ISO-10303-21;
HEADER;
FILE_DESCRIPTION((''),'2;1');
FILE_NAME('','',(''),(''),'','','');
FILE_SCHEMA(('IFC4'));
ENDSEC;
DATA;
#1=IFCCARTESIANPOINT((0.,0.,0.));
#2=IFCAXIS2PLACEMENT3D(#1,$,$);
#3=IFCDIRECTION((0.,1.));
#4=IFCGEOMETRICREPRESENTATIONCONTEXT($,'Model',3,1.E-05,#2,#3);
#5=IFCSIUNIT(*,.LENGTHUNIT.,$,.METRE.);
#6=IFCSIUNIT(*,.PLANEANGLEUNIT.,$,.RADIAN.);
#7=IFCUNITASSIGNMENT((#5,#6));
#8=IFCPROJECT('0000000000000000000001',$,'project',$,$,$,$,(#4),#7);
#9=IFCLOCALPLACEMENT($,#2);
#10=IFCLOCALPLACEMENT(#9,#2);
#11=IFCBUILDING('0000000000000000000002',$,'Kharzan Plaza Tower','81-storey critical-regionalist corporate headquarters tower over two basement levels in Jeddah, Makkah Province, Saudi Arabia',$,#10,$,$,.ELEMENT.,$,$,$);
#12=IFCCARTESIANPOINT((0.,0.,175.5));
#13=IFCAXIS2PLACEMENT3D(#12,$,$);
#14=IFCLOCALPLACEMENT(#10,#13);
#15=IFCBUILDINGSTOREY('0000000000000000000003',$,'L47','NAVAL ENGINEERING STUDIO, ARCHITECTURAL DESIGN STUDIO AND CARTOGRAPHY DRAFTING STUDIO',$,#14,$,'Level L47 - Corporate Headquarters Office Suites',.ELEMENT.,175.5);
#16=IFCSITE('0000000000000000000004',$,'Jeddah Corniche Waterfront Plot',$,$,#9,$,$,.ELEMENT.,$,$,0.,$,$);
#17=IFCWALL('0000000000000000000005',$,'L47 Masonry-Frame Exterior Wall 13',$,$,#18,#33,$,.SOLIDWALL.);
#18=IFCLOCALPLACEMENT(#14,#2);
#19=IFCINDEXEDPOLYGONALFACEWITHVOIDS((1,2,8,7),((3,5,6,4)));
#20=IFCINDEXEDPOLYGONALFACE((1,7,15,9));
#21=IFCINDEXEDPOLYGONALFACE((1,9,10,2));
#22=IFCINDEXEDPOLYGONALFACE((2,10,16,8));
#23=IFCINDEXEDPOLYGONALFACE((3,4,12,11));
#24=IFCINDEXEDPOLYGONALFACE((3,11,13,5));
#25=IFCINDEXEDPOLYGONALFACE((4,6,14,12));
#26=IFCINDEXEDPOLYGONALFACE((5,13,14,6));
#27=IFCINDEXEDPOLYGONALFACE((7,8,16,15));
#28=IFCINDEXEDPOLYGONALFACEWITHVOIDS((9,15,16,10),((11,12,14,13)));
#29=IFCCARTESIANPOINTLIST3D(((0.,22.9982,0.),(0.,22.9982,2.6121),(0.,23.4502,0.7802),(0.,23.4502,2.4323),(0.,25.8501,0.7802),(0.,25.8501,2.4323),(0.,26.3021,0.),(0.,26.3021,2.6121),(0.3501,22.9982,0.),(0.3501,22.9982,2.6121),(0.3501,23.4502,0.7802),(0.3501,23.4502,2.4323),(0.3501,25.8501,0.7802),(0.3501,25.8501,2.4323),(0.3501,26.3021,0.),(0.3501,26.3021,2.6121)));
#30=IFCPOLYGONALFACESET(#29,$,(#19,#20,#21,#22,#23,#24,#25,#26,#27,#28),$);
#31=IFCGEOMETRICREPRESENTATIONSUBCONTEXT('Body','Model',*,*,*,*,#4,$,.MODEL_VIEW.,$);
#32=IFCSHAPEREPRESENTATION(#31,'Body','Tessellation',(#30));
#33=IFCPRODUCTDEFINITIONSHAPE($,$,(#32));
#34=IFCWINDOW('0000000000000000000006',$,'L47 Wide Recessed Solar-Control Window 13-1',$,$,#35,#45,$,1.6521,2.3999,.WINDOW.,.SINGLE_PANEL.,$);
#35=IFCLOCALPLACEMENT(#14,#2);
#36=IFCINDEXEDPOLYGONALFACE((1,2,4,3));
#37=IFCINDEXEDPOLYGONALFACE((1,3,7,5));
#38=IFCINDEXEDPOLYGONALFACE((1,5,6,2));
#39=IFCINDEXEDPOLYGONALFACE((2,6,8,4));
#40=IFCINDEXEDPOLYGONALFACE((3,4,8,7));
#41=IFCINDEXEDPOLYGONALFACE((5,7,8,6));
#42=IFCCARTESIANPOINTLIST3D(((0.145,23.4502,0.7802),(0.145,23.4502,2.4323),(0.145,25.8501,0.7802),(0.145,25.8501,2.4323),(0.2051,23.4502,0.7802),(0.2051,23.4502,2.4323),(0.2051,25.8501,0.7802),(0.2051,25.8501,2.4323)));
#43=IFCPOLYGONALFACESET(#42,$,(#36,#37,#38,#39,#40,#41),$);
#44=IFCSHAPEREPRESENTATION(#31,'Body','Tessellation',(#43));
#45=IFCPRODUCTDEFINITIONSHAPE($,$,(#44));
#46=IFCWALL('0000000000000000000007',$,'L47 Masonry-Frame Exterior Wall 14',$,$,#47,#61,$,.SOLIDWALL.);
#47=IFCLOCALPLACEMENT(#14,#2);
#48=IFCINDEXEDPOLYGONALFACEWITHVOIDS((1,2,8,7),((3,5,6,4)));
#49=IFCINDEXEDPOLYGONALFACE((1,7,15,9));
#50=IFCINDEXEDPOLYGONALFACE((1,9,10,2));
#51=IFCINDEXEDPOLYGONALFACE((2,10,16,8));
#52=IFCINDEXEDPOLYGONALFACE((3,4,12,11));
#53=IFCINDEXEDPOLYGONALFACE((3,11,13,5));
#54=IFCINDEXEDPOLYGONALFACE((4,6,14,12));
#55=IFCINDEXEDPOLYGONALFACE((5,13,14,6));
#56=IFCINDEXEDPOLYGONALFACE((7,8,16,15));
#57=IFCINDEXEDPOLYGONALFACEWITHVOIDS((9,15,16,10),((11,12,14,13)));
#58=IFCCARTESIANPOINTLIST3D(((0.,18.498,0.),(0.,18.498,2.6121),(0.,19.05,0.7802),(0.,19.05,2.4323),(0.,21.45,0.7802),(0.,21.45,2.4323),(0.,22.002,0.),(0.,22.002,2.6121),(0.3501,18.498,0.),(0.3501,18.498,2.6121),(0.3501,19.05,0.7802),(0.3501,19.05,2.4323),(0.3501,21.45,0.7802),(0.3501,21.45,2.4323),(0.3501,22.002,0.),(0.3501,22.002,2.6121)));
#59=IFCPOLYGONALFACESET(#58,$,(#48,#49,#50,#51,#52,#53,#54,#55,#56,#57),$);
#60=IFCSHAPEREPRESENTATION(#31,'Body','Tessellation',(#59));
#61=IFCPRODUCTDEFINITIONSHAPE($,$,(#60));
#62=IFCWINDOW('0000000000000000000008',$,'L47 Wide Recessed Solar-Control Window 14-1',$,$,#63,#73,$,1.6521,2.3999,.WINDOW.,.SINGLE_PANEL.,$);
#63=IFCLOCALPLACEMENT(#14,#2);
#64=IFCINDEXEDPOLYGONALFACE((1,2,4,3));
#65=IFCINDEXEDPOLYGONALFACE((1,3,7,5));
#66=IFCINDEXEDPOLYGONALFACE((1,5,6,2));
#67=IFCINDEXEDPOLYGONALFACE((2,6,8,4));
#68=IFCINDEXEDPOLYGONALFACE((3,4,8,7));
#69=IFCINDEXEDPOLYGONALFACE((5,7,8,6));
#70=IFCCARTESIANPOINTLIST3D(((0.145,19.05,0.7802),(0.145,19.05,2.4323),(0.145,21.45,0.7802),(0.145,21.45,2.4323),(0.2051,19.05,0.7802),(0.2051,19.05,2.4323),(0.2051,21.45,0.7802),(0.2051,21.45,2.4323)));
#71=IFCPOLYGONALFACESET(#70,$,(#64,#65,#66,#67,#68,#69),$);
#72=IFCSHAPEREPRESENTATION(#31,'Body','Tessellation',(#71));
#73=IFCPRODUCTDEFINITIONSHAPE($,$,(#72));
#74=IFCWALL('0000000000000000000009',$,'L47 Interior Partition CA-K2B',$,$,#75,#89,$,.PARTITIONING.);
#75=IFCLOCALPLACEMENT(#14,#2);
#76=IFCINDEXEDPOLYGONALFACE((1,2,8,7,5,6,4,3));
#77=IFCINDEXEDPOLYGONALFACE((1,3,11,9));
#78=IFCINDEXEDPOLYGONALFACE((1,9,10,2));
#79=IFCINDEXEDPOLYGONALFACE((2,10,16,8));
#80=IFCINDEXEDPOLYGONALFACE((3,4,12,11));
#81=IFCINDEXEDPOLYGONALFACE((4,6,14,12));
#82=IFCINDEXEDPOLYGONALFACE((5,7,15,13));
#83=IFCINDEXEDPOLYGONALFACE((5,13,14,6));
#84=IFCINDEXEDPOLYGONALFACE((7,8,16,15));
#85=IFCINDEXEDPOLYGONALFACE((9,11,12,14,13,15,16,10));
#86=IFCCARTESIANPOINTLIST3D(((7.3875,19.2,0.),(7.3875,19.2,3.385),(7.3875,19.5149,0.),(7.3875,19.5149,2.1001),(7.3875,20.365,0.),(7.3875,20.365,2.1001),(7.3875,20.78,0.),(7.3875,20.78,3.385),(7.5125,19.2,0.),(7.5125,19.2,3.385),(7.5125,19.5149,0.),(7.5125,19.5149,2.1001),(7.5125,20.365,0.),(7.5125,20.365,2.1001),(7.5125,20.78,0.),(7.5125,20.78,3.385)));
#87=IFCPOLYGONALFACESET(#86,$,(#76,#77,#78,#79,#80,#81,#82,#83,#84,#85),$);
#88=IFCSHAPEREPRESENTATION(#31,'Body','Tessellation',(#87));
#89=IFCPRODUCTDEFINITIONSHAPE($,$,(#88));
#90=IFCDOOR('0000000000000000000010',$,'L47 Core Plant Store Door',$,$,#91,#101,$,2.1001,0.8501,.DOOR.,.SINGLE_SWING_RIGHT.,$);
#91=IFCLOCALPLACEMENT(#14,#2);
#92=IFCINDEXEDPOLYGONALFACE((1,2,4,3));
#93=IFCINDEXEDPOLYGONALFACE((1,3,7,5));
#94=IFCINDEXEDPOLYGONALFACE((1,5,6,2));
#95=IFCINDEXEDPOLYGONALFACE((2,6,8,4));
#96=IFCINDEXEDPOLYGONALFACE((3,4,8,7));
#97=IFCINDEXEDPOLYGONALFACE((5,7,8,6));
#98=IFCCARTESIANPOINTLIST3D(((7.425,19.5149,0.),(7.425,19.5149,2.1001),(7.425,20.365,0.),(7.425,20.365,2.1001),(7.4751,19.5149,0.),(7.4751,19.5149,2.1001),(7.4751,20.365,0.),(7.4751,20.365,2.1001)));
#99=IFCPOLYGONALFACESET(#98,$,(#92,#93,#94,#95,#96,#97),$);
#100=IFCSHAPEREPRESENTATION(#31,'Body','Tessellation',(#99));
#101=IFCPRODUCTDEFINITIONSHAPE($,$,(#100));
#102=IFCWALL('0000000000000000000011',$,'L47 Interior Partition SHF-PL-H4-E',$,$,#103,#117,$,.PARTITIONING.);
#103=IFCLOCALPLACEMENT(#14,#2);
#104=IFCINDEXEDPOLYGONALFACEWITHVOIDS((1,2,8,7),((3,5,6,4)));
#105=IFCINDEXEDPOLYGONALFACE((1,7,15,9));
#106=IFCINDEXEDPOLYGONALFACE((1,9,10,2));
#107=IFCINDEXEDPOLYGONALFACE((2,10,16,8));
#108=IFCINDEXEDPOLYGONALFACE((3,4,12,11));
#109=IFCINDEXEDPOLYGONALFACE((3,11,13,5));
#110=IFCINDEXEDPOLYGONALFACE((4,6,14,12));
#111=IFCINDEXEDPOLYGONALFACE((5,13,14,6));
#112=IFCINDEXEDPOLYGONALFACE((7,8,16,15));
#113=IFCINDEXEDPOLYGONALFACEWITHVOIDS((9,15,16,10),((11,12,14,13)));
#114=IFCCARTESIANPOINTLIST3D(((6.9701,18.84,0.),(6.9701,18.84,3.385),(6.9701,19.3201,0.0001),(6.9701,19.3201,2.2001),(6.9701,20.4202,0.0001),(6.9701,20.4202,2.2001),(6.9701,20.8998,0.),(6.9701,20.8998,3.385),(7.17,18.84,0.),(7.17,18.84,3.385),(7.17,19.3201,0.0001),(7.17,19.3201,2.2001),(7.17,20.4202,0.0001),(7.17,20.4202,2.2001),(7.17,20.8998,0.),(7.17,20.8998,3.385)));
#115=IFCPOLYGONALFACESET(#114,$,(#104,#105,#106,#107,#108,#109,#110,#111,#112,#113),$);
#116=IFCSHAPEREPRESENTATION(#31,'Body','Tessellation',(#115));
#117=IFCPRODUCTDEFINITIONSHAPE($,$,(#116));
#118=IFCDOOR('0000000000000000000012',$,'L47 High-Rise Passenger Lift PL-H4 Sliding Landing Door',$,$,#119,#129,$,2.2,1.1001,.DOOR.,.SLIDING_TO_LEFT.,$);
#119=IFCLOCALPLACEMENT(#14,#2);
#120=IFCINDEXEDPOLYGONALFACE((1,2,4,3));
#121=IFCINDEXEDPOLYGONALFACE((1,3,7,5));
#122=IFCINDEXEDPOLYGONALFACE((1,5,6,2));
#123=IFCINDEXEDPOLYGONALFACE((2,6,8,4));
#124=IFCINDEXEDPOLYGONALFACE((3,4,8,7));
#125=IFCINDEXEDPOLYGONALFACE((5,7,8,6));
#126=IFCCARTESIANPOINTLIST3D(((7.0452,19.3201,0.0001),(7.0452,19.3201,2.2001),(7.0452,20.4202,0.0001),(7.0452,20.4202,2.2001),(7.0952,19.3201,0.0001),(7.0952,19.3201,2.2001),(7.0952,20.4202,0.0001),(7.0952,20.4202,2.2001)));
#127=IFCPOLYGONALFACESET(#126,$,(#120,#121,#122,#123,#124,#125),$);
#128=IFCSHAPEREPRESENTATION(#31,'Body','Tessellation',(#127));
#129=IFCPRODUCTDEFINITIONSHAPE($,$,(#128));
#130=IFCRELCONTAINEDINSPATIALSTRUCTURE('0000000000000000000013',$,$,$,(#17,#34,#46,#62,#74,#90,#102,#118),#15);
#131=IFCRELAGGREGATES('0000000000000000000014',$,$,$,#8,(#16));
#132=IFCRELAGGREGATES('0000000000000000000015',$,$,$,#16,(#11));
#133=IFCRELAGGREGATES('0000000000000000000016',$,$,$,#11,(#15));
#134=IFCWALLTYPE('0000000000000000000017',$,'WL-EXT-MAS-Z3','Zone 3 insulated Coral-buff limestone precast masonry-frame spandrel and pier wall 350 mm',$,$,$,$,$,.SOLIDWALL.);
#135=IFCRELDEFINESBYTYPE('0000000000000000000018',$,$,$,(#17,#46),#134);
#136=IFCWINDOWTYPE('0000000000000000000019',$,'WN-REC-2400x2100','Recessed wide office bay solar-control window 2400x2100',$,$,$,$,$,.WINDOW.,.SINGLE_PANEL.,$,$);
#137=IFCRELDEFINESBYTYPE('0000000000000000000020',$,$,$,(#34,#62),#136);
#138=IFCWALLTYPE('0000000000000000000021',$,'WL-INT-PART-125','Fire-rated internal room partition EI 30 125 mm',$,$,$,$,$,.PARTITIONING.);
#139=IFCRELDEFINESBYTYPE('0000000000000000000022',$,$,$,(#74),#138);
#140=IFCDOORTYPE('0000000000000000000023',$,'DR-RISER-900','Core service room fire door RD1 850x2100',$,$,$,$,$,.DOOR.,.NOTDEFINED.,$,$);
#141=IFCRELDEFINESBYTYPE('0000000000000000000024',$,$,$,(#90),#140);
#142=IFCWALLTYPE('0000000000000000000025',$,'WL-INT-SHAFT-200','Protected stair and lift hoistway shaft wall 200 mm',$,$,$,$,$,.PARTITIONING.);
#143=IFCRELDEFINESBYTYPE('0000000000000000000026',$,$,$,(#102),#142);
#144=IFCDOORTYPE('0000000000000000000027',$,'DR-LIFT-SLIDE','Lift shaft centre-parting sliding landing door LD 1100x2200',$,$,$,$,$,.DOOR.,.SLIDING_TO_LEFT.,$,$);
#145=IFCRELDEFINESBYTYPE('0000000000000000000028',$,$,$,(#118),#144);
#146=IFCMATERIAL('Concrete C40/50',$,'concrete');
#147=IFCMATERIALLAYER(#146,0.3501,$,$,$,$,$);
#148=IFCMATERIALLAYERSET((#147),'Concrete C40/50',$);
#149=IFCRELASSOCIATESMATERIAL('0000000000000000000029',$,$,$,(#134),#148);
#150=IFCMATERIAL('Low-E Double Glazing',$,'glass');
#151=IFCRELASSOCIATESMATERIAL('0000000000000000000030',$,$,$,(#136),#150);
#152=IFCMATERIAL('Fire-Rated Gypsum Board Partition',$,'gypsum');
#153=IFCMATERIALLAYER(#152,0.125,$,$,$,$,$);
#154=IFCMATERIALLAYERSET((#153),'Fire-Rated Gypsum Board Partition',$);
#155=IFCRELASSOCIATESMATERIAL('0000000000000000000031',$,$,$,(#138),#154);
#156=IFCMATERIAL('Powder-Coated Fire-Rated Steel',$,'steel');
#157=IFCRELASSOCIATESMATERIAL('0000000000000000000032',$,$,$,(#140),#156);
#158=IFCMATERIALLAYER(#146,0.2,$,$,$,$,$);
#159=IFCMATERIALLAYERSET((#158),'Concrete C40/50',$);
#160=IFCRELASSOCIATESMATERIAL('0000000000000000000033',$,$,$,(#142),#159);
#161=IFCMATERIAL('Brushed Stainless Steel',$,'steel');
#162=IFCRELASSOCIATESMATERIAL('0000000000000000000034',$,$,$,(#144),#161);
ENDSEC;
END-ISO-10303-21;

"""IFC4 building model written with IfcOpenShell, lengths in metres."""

from ifc_helpers import new_model, si_unit, direction, frame, frame_2d, origin, place, context, subcontext, project, spatial, rectangle, extrude, source, transform, mapped, material, layer, layer_set, type_object, element, fill, save


model = new_model("IFC4")

# Units and contexts
model_context = context("Model", 3, precision=1e-05, world=origin(), true_north=direction((0.0, 1.0)))
body_context = subcontext(model_context, "Body", "Model", "MODEL_VIEW")
ifc_project = project(units=[si_unit("LENGTHUNIT", "METRE"), si_unit("PLANEANGLEUNIT", "RADIAN")], contexts=[model_context])

# Site, building, storey
site_placement = place(None, origin())
site = spatial("IfcSite", under=ifc_project, at=site_placement, Name="Jeddah Corniche Waterfront Plot", CompositionType="ELEMENT", RefElevation=0.0)
building_placement = place(site_placement, origin())
building = spatial("IfcBuilding", under=site, at=building_placement, Name="Kharzan Plaza Tower", Description="81-storey critical-regionalist corporate headquarters tower over two basement levels in Jeddah, Makkah Province, Saudi Arabia", CompositionType="ELEMENT")
storey_placement = place(building_placement, frame((0.0, 0.0, 175.5)))
storey = spatial("IfcBuildingStorey", under=building, at=storey_placement, Name="L47", Description="NAVAL ENGINEERING STUDIO, ARCHITECTURAL DESIGN STUDIO AND CARTOGRAPHY DRAFTING STUDIO", LongName="Level L47 - Corporate Headquarters Office Suites", CompositionType="ELEMENT", Elevation=175.5)

# Walls, openings, windows
ifc_material_1 = material(Name="Concrete C40/50", Category="concrete")
ifc_layer_1 = layer(ifc_material_1, 0.3501)
ifc_layer_set_1 = layer_set([ifc_layer_1], Name="Concrete C40/50")
wall_type_1 = type_object("IfcWallType", Name="WL-EXT-MAS-Z3", Description="Zone 3 insulated Coral-buff limestone precast masonry-frame spandrel and pier wall 350 mm", PredefinedType="SOLIDWALL", material=ifc_layer_set_1)
wall_1_placement = place(storey_placement, frame((0.175, 26.302, 0.0), z_axis=(0.0, 0.0, 1.0), x_axis=(0.0, -1.0, 0.0)))
wall_1 = element("IfcWall", 1, at=wall_1_placement, inside=storey, type_object=wall_type_1, Name="L47 Masonry-Frame Exterior Wall 13", PredefinedType="SOLIDWALL", context=body_context, shape_type="SweptSolid", body=[
    extrude(rectangle(XDim=3.304, YDim=0.3501, at=frame_2d((1.6519, 0.0))), origin(), (0.0, 0.0, 1.0), 2.6121),
])
opening_1_placement = place(wall_1_placement, frame((0.4519, 0.0, 0.78)))
opening_1 = element("IfcOpeningElement", 2, at=opening_1_placement, cuts=wall_1, PredefinedType="OPENING", context=body_context, shape_type="SweptSolid", body=[
    extrude(rectangle(XDim=2.3999, YDim=1.6521, at=frame_2d((1.2, 0.8262))), frame((0.0, 0.1851, 0.0), z_axis=(0.0, -1.0, 0.0), x_axis=(1.0, 0.0, 0.0)), (0.0, 0.0, 1.0), 0.3701),
])
ifc_material_2 = material(Name="Low-E Double Glazing", Category="glass")
window_type = type_object("IfcWindowType", Name="WN-REC-2400x2100", Description="Recessed wide office bay solar-control window 2400x2100", PartitioningType="SINGLE_PANEL", PredefinedType="WINDOW", material=ifc_material_2)
shared_shape_1 = source(origin(), body_context, "Body", "SweptSolid", [
    extrude(rectangle(XDim=2.3999, YDim=1.6521, at=frame_2d((1.2, 0.8262))), frame((0.0, 0.03, 0.0), z_axis=(0.0, -1.0, 0.0), x_axis=(1.0, 0.0, 0.0)), (0.0, 0.0, 1.0), 0.0601),
])
window_1_placement = place(opening_1_placement, origin())
window_1 = element("IfcWindow", 3, at=window_1_placement, inside=storey, type_object=window_type, Name="L47 Wide Recessed Solar-Control Window 13-1", OverallHeight=1.6521, OverallWidth=2.3999, PartitioningType="SINGLE_PANEL", PredefinedType="WINDOW", context=body_context, shape_type="MappedRepresentation", body=[
    mapped(shared_shape_1, transform((0.0, 0.0, 0.0), x_axis=(1.0, 0.0, 0.0), y_axis=(0.0, 1.0, 0.0), z_axis=(0.0, 0.0, 1.0))),
])
fill(opening_1, window_1)
wall_2_placement = place(storey_placement, frame((0.175, 22.002, 0.0), z_axis=(0.0, 0.0, 1.0), x_axis=(0.0, -1.0, 0.0)))
wall_2 = element("IfcWall", 4, at=wall_2_placement, inside=storey, type_object=wall_type_1, Name="L47 Masonry-Frame Exterior Wall 14", PredefinedType="SOLIDWALL", context=body_context, shape_type="SweptSolid", body=[
    extrude(rectangle(XDim=3.5039, YDim=0.3501, at=frame_2d((1.752, 0.0))), origin(), (0.0, 0.0, 1.0), 2.6121),
])
opening_2_placement = place(wall_2_placement, frame((0.552, 0.0, 0.78)))
opening_2 = element("IfcOpeningElement", 5, at=opening_2_placement, cuts=wall_2, PredefinedType="OPENING", context=body_context, shape_type="SweptSolid", body=[
    extrude(rectangle(XDim=2.3999, YDim=1.6521, at=frame_2d((1.2, 0.8262))), frame((0.0, 0.1851, 0.0), z_axis=(0.0, -1.0, 0.0), x_axis=(1.0, 0.0, 0.0)), (0.0, 0.0, 1.0), 0.3701),
])
window_2_placement = place(opening_2_placement, origin())
window_2 = element("IfcWindow", 6, at=window_2_placement, inside=storey, type_object=window_type, Name="L47 Wide Recessed Solar-Control Window 14-1", OverallHeight=1.6521, OverallWidth=2.3999, PartitioningType="SINGLE_PANEL", PredefinedType="WINDOW", context=body_context, shape_type="MappedRepresentation", body=[
    mapped(shared_shape_1, transform((0.0, 0.0, 0.0), x_axis=(1.0, 0.0, 0.0), y_axis=(0.0, 1.0, 0.0), z_axis=(0.0, 0.0, 1.0))),
])
fill(opening_2, window_2)

# Walls, openings, doors
ifc_material_3 = material(Name="Fire-Rated Gypsum Board Partition", Category="gypsum")
ifc_layer_2 = layer(ifc_material_3, 0.125)
ifc_layer_set_2 = layer_set([ifc_layer_2], Name="Fire-Rated Gypsum Board Partition")
wall_type_2 = type_object("IfcWallType", Name="WL-INT-PART-125", Description="Fire-rated internal room partition EI 30 125 mm", PredefinedType="PARTITIONING", material=ifc_layer_set_2)
wall_3_placement = place(storey_placement, frame((7.45, 19.2, 0.0), z_axis=(0.0, 0.0, 1.0), x_axis=(0.0, 1.0, 0.0)))
wall_3 = element("IfcWall", 7, at=wall_3_placement, inside=storey, type_object=wall_type_2, Name="L47 Interior Partition CA-K2B", PredefinedType="PARTITIONING", context=body_context, shape_type="SweptSolid", body=[
    extrude(rectangle(XDim=1.5801, YDim=0.125, at=frame_2d((0.79, 0.0))), origin(), (0.0, 0.0, 1.0), 3.385),
])
opening_3_placement = place(wall_3_placement, frame((0.3149, 0.0, 0.0)))
opening_3 = element("IfcOpeningElement", 8, at=opening_3_placement, cuts=wall_3, PredefinedType="OPENING", context=body_context, shape_type="SweptSolid", body=[
    extrude(rectangle(XDim=0.8501, YDim=2.1001, at=frame_2d((0.425, 1.05))), frame((0.0, 0.0725, 0.0), z_axis=(0.0, -1.0, 0.0), x_axis=(1.0, 0.0, 0.0)), (0.0, 0.0, 1.0), 0.145),
])
ifc_material_4 = material(Name="Powder-Coated Fire-Rated Steel", Category="steel")
door_type_1 = type_object("IfcDoorType", Name="DR-RISER-900", Description="Core service room fire door RD1 850x2100", OperationType="NOTDEFINED", PredefinedType="DOOR", material=ifc_material_4)
shared_shape_2 = source(origin(), body_context, "Body", "SweptSolid", [
    extrude(rectangle(XDim=0.8501, YDim=2.1001, at=frame_2d((0.425, 1.05))), frame((0.0, 0.0249, 0.0), z_axis=(0.0, -1.0, 0.0), x_axis=(1.0, 0.0, 0.0)), (0.0, 0.0, 1.0), 0.05),
])
door_1_placement = place(opening_3_placement, origin())
door_1 = element("IfcDoor", 9, at=door_1_placement, inside=storey, type_object=door_type_1, Name="L47 Core Plant Store Door", OperationType="SINGLE_SWING_RIGHT", OverallHeight=2.1001, OverallWidth=0.8501, PredefinedType="DOOR", context=body_context, shape_type="MappedRepresentation", body=[
    mapped(shared_shape_2, transform((0.0, 0.0, 0.0), x_axis=(1.0, 0.0, 0.0), y_axis=(0.0, 1.0, 0.0), z_axis=(0.0, 0.0, 1.0))),
])
fill(opening_3, door_1)
ifc_layer_3 = layer(ifc_material_1, 0.2)
ifc_layer_set_3 = layer_set([ifc_layer_3], Name="Concrete C40/50")
wall_type_3 = type_object("IfcWallType", Name="WL-INT-SHAFT-200", Description="Protected stair and lift hoistway shaft wall 200 mm", PredefinedType="PARTITIONING", material=ifc_layer_set_3)
wall_4_placement = place(storey_placement, frame((7.0701, 18.8401, 0.0), z_axis=(0.0, 0.0, 1.0), x_axis=(0.0, 1.0, 0.0)))
wall_4 = element("IfcWall", 10, at=wall_4_placement, inside=storey, type_object=wall_type_3, Name="L47 Interior Partition SHF-PL-H4-E", PredefinedType="PARTITIONING", context=body_context, shape_type="SweptSolid", body=[
    extrude(rectangle(XDim=2.0598, YDim=0.2, at=frame_2d((1.0298, 0.0))), origin(), (0.0, 0.0, 1.0), 3.385),
])
opening_4_placement = place(wall_4_placement, frame((0.48, 0.0, 0.0)))
opening_4 = element("IfcOpeningElement", 11, at=opening_4_placement, cuts=wall_4, PredefinedType="OPENING", context=body_context, shape_type="SweptSolid", body=[
    extrude(rectangle(XDim=1.1001, YDim=2.2, at=frame_2d((0.55, 1.1001))), frame((0.0, 0.1099, 0.0), z_axis=(0.0, -1.0, 0.0), x_axis=(1.0, 0.0, 0.0)), (0.0, 0.0, 1.0), 0.22),
])
ifc_material_5 = material(Name="Brushed Stainless Steel", Category="steel")
door_type_2 = type_object("IfcDoorType", Name="DR-LIFT-SLIDE", Description="Lift shaft centre-parting sliding landing door LD 1100x2200", OperationType="SLIDING_TO_LEFT", PredefinedType="DOOR", material=ifc_material_5)
shared_shape_3 = source(origin(), body_context, "Body", "SweptSolid", [
    extrude(rectangle(XDim=1.1001, YDim=2.2, at=frame_2d((0.55, 1.1001))), frame((0.0, 0.0249, 0.0), z_axis=(0.0, -1.0, 0.0), x_axis=(1.0, 0.0, 0.0)), (0.0, 0.0, 1.0), 0.05),
])
door_2_placement = place(opening_4_placement, origin())
door_2 = element("IfcDoor", 12, at=door_2_placement, inside=storey, type_object=door_type_2, Name="L47 High-Rise Passenger Lift PL-H4 Sliding Landing Door", OperationType="SLIDING_TO_LEFT", OverallHeight=2.2, OverallWidth=1.1001, PredefinedType="DOOR", context=body_context, shape_type="MappedRepresentation", body=[
    mapped(shared_shape_3, transform((0.0, 0.0, 0.0), x_axis=(1.0, 0.0, 0.0), y_axis=(0.0, 1.0, 0.0), z_axis=(0.0, 0.0, 1.0))),
])
fill(opening_4, door_2)

save(model, "model.ifc")
